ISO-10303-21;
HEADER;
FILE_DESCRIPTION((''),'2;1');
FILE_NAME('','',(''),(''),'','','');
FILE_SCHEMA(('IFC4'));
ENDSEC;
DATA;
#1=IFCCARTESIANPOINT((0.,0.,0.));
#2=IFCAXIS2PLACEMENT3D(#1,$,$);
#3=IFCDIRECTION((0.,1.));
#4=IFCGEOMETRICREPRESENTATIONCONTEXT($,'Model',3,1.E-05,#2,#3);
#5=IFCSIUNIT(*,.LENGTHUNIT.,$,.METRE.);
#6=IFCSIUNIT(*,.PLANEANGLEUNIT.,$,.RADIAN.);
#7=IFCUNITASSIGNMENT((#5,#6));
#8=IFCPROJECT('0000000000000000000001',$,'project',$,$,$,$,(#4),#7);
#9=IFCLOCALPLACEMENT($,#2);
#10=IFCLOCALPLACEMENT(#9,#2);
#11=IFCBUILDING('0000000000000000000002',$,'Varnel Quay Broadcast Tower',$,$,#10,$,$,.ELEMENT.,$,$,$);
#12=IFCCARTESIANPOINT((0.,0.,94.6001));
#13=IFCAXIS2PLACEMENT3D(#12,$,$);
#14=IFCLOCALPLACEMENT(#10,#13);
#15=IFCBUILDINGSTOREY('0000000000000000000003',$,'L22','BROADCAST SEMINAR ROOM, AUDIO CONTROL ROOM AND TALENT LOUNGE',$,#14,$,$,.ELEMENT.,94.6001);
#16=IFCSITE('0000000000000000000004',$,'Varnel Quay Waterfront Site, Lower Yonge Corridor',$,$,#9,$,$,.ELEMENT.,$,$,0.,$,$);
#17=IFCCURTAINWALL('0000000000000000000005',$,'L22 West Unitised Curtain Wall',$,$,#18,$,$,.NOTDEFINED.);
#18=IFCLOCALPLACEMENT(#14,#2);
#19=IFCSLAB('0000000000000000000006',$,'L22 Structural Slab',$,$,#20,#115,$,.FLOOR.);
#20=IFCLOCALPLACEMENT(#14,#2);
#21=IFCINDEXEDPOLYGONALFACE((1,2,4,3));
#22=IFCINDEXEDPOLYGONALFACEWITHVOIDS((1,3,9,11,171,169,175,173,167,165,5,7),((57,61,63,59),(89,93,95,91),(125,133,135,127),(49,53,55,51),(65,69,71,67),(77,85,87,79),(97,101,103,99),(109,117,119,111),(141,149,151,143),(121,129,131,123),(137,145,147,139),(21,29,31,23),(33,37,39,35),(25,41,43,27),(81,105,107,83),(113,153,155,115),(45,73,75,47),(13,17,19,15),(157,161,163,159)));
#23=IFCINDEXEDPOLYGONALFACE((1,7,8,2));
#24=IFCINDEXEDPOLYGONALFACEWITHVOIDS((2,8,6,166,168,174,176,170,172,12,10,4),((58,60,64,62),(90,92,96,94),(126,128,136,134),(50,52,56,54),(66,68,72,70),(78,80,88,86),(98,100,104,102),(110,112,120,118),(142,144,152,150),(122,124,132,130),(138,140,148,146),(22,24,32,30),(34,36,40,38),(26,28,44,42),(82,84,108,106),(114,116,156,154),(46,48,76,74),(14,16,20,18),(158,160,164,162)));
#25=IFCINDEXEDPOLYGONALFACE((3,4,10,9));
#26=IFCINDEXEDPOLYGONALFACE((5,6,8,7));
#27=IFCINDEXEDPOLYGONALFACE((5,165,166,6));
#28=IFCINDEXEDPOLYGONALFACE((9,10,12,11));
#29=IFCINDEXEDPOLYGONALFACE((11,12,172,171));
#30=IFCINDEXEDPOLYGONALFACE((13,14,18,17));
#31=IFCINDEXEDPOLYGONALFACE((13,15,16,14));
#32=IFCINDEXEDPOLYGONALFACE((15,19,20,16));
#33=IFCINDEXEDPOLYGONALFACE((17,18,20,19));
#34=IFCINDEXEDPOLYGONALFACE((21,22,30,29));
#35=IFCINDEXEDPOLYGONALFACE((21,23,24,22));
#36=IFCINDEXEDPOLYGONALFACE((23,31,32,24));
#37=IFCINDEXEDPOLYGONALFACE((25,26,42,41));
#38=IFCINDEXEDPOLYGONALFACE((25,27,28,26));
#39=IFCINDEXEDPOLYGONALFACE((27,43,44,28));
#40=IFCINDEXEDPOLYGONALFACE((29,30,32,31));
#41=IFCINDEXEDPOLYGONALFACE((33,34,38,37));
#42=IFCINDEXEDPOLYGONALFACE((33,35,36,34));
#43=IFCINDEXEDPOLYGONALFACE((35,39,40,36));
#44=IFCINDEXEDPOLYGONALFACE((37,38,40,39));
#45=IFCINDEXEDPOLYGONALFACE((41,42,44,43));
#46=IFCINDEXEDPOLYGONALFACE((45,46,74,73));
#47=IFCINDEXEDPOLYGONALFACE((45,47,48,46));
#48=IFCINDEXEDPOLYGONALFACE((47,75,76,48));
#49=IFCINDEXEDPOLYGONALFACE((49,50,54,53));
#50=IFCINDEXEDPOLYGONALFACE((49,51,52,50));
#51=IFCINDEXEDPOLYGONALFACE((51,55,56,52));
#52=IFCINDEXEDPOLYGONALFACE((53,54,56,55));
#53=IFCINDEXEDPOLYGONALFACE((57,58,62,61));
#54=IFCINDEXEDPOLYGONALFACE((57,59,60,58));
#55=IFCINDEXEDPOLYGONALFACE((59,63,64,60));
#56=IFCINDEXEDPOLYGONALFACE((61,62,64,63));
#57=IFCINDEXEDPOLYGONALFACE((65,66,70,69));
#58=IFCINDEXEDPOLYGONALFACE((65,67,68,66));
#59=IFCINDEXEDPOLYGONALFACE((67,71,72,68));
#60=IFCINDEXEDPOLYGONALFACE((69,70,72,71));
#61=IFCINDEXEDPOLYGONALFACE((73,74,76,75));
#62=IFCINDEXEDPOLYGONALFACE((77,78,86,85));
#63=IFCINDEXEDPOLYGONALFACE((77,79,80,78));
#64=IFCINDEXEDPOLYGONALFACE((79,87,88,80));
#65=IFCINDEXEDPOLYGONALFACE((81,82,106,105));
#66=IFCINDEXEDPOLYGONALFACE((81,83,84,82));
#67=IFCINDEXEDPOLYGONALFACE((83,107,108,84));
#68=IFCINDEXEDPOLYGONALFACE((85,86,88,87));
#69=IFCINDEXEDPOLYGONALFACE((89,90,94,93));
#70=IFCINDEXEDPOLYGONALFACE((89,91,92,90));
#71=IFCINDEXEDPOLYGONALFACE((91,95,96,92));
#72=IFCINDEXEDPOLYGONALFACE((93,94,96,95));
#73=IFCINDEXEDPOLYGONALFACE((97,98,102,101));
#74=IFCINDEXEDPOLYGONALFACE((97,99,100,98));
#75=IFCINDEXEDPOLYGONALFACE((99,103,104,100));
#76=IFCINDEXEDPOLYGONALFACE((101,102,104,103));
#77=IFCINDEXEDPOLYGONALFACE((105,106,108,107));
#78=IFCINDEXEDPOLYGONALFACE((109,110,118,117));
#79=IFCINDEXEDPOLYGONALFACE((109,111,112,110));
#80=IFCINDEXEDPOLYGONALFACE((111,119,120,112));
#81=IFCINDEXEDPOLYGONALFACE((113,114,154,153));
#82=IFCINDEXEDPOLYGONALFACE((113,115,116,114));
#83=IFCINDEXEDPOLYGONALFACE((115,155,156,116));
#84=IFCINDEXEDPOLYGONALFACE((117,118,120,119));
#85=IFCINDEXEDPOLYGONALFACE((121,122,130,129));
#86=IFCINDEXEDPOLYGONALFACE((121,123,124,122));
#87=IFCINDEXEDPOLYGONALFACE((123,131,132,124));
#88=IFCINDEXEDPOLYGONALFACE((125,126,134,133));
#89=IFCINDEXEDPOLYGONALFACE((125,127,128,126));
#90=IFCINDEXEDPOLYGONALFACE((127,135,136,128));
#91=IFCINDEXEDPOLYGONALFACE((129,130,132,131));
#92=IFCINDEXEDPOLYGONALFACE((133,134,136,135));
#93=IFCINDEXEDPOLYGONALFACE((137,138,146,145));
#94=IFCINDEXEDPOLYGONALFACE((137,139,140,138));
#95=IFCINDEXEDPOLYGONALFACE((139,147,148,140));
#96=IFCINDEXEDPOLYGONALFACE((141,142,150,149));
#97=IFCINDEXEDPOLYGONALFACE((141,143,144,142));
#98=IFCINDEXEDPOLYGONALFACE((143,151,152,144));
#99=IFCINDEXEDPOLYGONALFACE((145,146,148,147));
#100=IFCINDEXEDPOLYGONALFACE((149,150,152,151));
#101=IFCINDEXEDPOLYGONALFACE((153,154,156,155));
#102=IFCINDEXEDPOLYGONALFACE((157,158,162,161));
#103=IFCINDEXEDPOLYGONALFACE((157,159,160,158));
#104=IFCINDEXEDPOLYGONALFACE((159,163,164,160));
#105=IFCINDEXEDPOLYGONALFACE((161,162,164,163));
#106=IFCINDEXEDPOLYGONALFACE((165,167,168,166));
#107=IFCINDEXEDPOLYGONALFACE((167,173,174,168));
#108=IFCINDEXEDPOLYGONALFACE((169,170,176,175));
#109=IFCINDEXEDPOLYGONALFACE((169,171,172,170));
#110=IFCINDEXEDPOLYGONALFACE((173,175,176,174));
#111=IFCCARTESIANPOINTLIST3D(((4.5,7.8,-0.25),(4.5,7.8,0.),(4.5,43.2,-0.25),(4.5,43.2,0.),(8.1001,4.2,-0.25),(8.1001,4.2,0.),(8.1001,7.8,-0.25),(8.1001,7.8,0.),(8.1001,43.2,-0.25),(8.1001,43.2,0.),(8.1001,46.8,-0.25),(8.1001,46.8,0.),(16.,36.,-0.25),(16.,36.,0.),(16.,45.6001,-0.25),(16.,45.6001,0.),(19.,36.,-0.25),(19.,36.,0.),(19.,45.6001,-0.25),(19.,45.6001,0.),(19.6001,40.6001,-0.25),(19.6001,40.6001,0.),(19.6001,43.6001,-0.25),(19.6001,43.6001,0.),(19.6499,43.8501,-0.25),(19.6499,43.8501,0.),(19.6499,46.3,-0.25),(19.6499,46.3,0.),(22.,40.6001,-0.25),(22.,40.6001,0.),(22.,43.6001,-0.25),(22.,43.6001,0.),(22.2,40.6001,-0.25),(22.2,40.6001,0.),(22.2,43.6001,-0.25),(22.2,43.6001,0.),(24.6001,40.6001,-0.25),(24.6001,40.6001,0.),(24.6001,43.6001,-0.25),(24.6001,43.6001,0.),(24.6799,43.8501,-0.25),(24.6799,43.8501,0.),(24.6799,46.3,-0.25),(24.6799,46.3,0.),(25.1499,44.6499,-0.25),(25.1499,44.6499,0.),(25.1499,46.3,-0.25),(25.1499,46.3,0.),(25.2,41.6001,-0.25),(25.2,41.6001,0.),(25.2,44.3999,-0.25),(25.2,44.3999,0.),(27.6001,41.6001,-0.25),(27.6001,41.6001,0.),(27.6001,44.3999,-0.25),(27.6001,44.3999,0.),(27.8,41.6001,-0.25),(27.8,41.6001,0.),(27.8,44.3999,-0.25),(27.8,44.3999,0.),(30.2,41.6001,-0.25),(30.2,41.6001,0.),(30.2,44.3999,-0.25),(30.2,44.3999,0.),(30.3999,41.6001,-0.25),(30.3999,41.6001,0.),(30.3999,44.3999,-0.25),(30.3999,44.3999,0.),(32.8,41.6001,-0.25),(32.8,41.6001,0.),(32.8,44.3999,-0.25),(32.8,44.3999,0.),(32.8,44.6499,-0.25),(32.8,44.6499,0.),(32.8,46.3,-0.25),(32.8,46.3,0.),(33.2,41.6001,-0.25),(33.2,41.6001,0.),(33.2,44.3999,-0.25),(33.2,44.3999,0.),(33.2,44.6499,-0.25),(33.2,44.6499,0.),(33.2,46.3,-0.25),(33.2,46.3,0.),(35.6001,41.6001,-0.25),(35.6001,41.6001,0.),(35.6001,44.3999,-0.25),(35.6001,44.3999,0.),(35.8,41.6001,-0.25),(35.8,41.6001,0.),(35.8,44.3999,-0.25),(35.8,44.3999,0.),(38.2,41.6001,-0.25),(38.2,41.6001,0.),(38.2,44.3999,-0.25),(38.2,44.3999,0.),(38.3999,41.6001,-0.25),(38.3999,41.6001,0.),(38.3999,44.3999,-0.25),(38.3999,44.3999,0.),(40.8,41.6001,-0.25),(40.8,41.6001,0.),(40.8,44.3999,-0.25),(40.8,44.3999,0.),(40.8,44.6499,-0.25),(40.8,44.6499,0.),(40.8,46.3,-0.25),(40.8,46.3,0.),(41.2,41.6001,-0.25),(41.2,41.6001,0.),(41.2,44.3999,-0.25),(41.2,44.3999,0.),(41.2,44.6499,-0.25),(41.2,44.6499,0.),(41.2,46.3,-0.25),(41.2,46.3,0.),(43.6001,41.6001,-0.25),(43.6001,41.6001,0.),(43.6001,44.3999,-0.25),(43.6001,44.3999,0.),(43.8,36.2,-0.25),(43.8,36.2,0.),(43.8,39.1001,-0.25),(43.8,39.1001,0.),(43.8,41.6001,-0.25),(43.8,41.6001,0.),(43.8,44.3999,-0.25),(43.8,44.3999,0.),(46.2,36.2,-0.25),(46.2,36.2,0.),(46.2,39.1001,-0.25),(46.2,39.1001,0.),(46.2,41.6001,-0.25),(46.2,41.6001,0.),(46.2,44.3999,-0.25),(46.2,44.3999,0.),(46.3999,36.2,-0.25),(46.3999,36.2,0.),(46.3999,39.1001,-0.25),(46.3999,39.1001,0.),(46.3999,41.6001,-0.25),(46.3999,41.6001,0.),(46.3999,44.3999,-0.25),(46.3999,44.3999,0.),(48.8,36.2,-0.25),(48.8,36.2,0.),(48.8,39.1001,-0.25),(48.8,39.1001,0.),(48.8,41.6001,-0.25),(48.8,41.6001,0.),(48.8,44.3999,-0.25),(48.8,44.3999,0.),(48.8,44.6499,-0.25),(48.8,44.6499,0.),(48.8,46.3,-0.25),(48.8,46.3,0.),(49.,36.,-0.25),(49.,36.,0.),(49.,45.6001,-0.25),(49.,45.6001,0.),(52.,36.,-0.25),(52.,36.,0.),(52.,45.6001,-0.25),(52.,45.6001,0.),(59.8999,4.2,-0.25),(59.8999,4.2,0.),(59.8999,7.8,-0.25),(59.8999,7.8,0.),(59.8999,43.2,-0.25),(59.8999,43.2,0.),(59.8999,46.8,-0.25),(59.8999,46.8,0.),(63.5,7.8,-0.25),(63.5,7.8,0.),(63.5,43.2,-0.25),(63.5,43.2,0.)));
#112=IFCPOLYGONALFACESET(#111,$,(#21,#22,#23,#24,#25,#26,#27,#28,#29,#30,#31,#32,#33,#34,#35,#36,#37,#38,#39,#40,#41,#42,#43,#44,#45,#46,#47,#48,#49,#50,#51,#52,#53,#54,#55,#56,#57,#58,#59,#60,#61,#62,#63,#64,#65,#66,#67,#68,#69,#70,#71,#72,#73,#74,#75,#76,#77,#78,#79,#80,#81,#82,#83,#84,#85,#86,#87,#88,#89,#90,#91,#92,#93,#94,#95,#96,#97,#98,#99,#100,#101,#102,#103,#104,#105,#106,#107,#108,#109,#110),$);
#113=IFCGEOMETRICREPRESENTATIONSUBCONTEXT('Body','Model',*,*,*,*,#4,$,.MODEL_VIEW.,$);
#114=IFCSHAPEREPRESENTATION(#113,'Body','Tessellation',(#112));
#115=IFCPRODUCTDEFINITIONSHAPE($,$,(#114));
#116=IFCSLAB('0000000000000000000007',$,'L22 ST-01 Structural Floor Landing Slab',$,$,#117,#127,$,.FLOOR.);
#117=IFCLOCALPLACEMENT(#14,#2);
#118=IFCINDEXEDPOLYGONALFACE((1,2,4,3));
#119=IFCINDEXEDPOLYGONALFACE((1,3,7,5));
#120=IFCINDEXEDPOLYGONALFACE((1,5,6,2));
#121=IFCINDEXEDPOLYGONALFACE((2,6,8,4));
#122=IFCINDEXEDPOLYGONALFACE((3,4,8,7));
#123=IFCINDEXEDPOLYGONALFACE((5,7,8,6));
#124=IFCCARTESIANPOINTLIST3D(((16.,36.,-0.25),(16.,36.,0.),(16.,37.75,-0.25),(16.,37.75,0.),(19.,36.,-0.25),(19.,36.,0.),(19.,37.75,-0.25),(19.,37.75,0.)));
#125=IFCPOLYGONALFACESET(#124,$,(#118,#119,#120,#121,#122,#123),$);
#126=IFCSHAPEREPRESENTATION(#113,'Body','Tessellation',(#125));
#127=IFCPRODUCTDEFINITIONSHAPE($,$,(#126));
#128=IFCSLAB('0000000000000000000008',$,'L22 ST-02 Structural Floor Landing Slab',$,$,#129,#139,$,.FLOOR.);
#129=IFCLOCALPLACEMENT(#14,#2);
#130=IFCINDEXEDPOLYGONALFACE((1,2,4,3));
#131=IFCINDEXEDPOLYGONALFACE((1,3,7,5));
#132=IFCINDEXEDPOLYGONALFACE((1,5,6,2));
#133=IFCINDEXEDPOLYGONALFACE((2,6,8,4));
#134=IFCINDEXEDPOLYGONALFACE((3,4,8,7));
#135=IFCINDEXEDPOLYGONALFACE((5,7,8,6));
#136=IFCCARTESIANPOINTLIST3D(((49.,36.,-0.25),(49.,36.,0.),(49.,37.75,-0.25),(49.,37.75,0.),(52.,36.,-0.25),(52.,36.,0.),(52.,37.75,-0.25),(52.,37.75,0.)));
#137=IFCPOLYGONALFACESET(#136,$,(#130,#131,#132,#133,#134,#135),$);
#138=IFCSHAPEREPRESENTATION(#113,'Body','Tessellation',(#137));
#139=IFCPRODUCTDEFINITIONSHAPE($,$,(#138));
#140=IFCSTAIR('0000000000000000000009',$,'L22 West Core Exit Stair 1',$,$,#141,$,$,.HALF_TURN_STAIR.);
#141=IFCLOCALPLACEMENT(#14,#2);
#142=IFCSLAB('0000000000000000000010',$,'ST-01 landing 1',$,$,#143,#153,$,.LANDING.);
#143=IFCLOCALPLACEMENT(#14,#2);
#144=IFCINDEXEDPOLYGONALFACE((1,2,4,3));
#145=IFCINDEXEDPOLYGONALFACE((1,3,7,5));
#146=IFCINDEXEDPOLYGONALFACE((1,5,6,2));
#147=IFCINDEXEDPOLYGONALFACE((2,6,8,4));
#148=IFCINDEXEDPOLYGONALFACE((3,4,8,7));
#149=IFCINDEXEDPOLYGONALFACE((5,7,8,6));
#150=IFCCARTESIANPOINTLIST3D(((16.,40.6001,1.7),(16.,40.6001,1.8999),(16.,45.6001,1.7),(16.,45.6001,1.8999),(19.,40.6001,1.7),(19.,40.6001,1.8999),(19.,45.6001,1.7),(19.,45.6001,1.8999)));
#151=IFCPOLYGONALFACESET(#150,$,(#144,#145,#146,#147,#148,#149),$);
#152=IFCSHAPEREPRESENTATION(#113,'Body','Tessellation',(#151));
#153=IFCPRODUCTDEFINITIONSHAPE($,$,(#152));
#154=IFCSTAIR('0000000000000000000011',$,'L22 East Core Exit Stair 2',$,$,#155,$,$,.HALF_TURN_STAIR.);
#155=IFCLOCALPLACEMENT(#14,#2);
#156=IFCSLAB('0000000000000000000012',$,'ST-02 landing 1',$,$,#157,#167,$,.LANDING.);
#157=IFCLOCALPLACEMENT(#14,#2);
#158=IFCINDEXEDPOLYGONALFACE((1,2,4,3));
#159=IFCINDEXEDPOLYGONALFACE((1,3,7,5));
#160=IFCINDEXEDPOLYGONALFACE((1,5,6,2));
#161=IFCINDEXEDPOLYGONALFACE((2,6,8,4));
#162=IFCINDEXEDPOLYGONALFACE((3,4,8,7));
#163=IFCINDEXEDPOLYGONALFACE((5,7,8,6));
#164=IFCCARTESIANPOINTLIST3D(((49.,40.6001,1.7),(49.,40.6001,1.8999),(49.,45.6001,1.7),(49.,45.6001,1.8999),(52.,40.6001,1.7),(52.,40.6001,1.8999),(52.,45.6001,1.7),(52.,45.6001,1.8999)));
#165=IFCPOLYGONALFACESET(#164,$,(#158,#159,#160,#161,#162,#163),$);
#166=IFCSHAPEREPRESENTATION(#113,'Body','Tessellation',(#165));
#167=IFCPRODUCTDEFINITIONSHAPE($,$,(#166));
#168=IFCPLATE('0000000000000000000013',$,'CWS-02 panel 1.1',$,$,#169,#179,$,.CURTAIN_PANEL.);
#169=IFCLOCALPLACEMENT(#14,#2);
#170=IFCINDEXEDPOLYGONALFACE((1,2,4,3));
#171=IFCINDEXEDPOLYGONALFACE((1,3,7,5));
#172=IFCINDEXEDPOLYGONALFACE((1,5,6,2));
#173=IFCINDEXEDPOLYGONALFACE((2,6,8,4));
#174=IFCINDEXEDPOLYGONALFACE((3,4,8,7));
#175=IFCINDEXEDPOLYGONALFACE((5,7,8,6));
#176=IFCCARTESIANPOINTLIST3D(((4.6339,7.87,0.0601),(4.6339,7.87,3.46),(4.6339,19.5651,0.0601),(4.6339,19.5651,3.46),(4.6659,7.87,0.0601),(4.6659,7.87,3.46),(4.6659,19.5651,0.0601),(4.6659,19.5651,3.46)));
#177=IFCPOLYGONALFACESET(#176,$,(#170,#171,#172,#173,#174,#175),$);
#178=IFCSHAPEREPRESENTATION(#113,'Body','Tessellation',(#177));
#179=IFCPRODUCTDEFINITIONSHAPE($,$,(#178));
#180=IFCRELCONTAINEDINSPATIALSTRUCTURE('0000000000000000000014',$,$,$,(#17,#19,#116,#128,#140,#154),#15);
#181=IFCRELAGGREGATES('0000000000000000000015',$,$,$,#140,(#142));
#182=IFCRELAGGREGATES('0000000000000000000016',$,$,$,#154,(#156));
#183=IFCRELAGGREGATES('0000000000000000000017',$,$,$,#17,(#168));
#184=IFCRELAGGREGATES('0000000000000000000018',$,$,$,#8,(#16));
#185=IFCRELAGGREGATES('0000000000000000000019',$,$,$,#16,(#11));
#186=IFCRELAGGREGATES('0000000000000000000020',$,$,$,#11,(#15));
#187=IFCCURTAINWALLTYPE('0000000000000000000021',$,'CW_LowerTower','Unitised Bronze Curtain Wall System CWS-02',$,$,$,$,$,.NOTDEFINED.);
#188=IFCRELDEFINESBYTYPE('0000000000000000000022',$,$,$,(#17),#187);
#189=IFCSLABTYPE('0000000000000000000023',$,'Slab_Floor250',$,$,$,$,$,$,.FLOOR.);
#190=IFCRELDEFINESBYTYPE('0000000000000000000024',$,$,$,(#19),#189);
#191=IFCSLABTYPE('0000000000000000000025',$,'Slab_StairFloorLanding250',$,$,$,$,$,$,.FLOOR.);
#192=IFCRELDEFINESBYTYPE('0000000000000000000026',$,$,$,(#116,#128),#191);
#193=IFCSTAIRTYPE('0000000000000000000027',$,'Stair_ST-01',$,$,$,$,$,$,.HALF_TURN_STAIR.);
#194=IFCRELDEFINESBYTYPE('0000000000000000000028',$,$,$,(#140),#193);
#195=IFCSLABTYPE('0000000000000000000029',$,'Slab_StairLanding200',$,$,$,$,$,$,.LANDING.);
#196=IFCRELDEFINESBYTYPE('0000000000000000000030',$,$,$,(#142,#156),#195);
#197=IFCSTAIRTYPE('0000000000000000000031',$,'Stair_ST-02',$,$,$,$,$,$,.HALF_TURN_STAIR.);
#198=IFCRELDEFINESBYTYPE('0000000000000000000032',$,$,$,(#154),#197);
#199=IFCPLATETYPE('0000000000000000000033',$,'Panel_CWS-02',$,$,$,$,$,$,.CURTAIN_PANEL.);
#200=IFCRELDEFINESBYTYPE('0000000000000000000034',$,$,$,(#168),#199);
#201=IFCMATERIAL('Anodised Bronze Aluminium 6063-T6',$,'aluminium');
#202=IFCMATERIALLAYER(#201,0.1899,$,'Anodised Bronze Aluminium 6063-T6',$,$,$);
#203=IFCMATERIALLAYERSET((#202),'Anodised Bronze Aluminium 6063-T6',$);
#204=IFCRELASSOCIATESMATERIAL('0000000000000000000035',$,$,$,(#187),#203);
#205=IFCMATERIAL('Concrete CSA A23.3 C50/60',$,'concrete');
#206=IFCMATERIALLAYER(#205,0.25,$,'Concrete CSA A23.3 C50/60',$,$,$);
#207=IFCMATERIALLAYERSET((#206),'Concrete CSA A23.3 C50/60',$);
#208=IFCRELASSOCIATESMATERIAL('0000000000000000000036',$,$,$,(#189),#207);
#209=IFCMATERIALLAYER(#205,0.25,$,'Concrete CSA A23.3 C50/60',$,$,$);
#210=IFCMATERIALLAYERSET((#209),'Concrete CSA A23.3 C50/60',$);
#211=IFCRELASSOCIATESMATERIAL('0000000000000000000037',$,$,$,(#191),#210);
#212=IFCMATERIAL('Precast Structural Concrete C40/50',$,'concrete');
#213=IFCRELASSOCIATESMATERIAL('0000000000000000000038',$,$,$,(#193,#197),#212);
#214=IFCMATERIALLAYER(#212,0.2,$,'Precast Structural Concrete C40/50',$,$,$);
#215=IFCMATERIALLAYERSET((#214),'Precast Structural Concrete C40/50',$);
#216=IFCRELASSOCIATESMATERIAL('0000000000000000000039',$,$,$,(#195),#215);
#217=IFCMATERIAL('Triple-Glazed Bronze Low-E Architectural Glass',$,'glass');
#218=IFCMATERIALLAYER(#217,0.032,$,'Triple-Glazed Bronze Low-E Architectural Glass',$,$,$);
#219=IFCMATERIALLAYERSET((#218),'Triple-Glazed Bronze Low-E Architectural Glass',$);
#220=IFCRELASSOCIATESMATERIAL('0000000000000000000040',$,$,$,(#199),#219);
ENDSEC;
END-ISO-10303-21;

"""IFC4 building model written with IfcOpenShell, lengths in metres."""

from ifc_helpers import new_model, si_unit, direction, frame, origin, origin_2d, place, context, subcontext, project, spatial, polyline, rectangle, outline, extrude, source, transform, mapped, material, layer, layer_set, type_object, type_shapes, element, aggregate, save


model = new_model("IFC4")

# Units and contexts
model_context = context("Model", 3, precision=1e-05, world=origin(), true_north=direction((0.0, 1.0)))
body_context = subcontext(model_context, "Body", "Model", "MODEL_VIEW")
ifc_project = project(units=[si_unit("LENGTHUNIT", "METRE"), si_unit("PLANEANGLEUNIT", "RADIAN")], contexts=[model_context])

# Site, building, storey
site_placement = place(None, origin())
site = spatial("IfcSite", under=ifc_project, at=site_placement, Name="Varnel Quay Waterfront Site, Lower Yonge Corridor", CompositionType="ELEMENT", RefElevation=0.0)
building_placement = place(site_placement, origin())
building = spatial("IfcBuilding", under=site, at=building_placement, Name="Varnel Quay Broadcast Tower", CompositionType="ELEMENT")
storey_placement = place(building_placement, frame((0.0, 0.0, 94.6001)))
storey = spatial("IfcBuildingStorey", under=building, at=storey_placement, Name="L22", Description="BROADCAST SEMINAR ROOM, AUDIO CONTROL ROOM AND TALENT LOUNGE", CompositionType="ELEMENT", Elevation=94.6001)

# Curtain wall
ifc_material_1 = material(Name="Anodised Bronze Aluminium 6063-T6", Category="aluminium")
ifc_layer_1 = layer(ifc_material_1, 0.1899, Name="Anodised Bronze Aluminium 6063-T6")
ifc_layer_set_1 = layer_set([ifc_layer_1], Name="Anodised Bronze Aluminium 6063-T6")
curtain_wall_type_1 = type_object("IfcCurtainWallType", Name="CW_LowerTower", Description="Unitised Bronze Curtain Wall System CWS-02", PredefinedType="NOTDEFINED", material=ifc_layer_set_1)
curtain_wall_1_placement = place(storey_placement, origin())
curtain_wall_1 = element("IfcCurtainWall", 1, at=curtain_wall_1_placement, inside=storey, type_object=curtain_wall_type_1, Name="L22 West Unitised Curtain Wall", PredefinedType="NOTDEFINED")

# Slabs
ifc_material_2 = material(Name="Concrete CSA A23.3 C50/60", Category="concrete")
ifc_layer_2 = layer(ifc_material_2, 0.25, Name="Concrete CSA A23.3 C50/60")
ifc_layer_set_2 = layer_set([ifc_layer_2], Name="Concrete CSA A23.3 C50/60")
slab_type_1 = type_object("IfcSlabType", Name="Slab_Floor250", PredefinedType="FLOOR", material=ifc_layer_set_2)
slab_1_placement = place(storey_placement, frame((0.0, 0.0, -0.25)))
element("IfcSlab", 2, at=slab_1_placement, inside=storey, type_object=slab_type_1, Name="L22 Structural Slab", PredefinedType="FLOOR", context=body_context, shape_type="SweptSolid", body=[
    extrude(outline(polyline([(8.1001, 4.2), (59.8999, 4.2), (59.8999, 7.8), (63.5, 7.8), (63.5, 43.2), (59.8999, 43.2), (59.8999, 46.8), (8.1001, 46.8), (8.1001, 43.2), (4.5, 43.2), (4.5, 7.8), (8.1001, 7.8), (8.1001, 4.2)]), holes=[polyline([(16.0, 36.0), (16.0, 45.6001), (19.0, 45.6001), (19.0, 36.0), (16.0, 36.0)]), polyline([(19.6001, 43.6001), (22.0, 43.6001), (22.0, 40.6001), (19.6001, 40.6001), (19.6001, 43.6001)]), polyline([(22.2, 43.6001), (24.6001, 43.6001), (24.6001, 40.6001), (22.2, 40.6001), (22.2, 43.6001)]), polyline([(25.2, 44.3999), (27.6001, 44.3999), (27.6001, 41.6001), (25.2, 41.6001), (25.2, 44.3999)]), polyline([(27.8, 44.3999), (30.2, 44.3999), (30.2, 41.6001), (27.8, 41.6001), (27.8, 44.3999)]), polyline([(30.3999, 44.3999), (32.8, 44.3999), (32.8, 41.6001), (30.3999, 41.6001), (30.3999, 44.3999)]), polyline([(33.2, 44.3999), (35.6001, 44.3999), (35.6001, 41.6001), (33.2, 41.6001), (33.2, 44.3999)]), polyline([(38.2, 44.3999), (38.2, 41.6001), (35.8, 41.6001), (35.8, 44.3999), (38.2, 44.3999)]), polyline([(24.6799, 46.3), (24.6799, 43.8501), (19.6499, 43.8501), (19.6499, 46.3), (24.6799, 46.3)]), polyline([(25.1499, 46.3), (32.8, 46.3), (32.8, 44.6499), (25.1499, 44.6499), (25.1499, 46.3)]), polyline([(43.8, 39.1001), (46.2, 39.1001), (46.2, 36.2), (43.8, 36.2), (43.8, 39.1001)]), polyline([(46.3999, 39.1001), (48.8, 39.1001), (48.8, 36.2), (46.3999, 36.2), (46.3999, 39.1001)]), polyline([(49.0, 45.6001), (52.0, 45.6001), (52.0, 36.0), (49.0, 36.0), (49.0, 45.6001)]), polyline([(40.8, 44.3999), (40.8, 41.6001), (38.3999, 41.6001), (38.3999, 44.3999), (40.8, 44.3999)]), polyline([(41.2, 44.3999), (43.6001, 44.3999), (43.6001, 41.6001), (41.2, 41.6001), (41.2, 44.3999)]), polyline([(43.8, 44.3999), (46.2, 44.3999), (46.2, 41.6001), (43.8, 41.6001), (43.8, 44.3999)]), polyline([(46.3999, 44.3999), (48.8, 44.3999), (48.8, 41.6001), (46.3999, 41.6001), (46.3999, 44.3999)]), polyline([(40.8, 46.3), (40.8, 44.6499), (33.2, 44.6499), (33.2, 46.3), (40.8, 46.3)]), polyline([(48.8, 46.3), (48.8, 44.6499), (41.2, 44.6499), (41.2, 46.3), (48.8, 46.3)])]), origin(), (0.0, 0.0, 1.0), 0.25),
])
ifc_layer_3 = layer(ifc_material_2, 0.25, Name="Concrete CSA A23.3 C50/60")
ifc_layer_set_3 = layer_set([ifc_layer_3], Name="Concrete CSA A23.3 C50/60")
slab_type_2 = type_object("IfcSlabType", Name="Slab_StairFloorLanding250", PredefinedType="FLOOR", material=ifc_layer_set_3)
slab_2_placement = place(storey_placement, frame((0.0, 0.0, -0.25)))
element("IfcSlab", 3, at=slab_2_placement, inside=storey, type_object=slab_type_2, Name="L22 ST-01 Structural Floor Landing Slab", PredefinedType="FLOOR", context=body_context, shape_type="SweptSolid", body=[
    extrude(outline(polyline([(19.0, 36.0), (19.0, 37.75), (16.0, 37.75), (16.0, 36.0), (19.0, 36.0)])), origin(), (0.0, 0.0, 1.0), 0.25),
])
slab_3_placement = place(storey_placement, frame((0.0, 0.0, -0.25)))
element("IfcSlab", 4, at=slab_3_placement, inside=storey, type_object=slab_type_2, Name="L22 ST-02 Structural Floor Landing Slab", PredefinedType="FLOOR", context=body_context, shape_type="SweptSolid", body=[
    extrude(outline(polyline([(52.0, 36.0), (52.0, 37.75), (49.0, 37.75), (49.0, 36.0), (52.0, 36.0)])), origin(), (0.0, 0.0, 1.0), 0.25),
])

# Stairs, slabs
ifc_material_3 = material(Name="Precast Structural Concrete C40/50", Category="concrete")
stair_type_1 = type_object("IfcStairType", Name="Stair_ST-01", PredefinedType="HALF_TURN_STAIR", material=ifc_material_3)
stair_1_placement = place(storey_placement, origin())
stair_1 = element("IfcStair", 5, at=stair_1_placement, inside=storey, type_object=stair_type_1, Name="L22 West Core Exit Stair 1", PredefinedType="HALF_TURN_STAIR")
ifc_layer_4 = layer(ifc_material_3, 0.2, Name="Precast Structural Concrete C40/50")
ifc_layer_set_4 = layer_set([ifc_layer_4], Name="Precast Structural Concrete C40/50")
slab_type_3 = type_object("IfcSlabType", Name="Slab_StairLanding200", PredefinedType="LANDING", material=ifc_layer_set_4)
slab_4_placement = place(storey_placement, frame((0.0, 0.0, 1.7)))
slab_4 = element("IfcSlab", 6, at=slab_4_placement, type_object=slab_type_3, Name="ST-01 landing 1", PredefinedType="LANDING", context=body_context, shape_type="SweptSolid", body=[
    extrude(outline(polyline([(19.0, 40.6001), (19.0, 45.6001), (16.0, 45.6001), (16.0, 40.6001), (19.0, 40.6001)])), origin(), (0.0, 0.0, 1.0), 0.2),
])
aggregate(stair_1, [slab_4])
stair_type_2 = type_object("IfcStairType", Name="Stair_ST-02", PredefinedType="HALF_TURN_STAIR", material=ifc_material_3)
stair_2_placement = place(storey_placement, origin())
stair_2 = element("IfcStair", 7, at=stair_2_placement, inside=storey, type_object=stair_type_2, Name="L22 East Core Exit Stair 2", PredefinedType="HALF_TURN_STAIR")
slab_5_placement = place(storey_placement, frame((0.0, 0.0, 1.7)))
slab_5 = element("IfcSlab", 8, at=slab_5_placement, type_object=slab_type_3, Name="ST-02 landing 1", PredefinedType="LANDING", context=body_context, shape_type="SweptSolid", body=[
    extrude(outline(polyline([(52.0, 40.6001), (52.0, 45.6001), (49.0, 45.6001), (49.0, 40.6001), (52.0, 40.6001)])), origin(), (0.0, 0.0, 1.0), 0.2),
])
aggregate(stair_2, [slab_5])

# Plate
ifc_material_4 = material(Name="Triple-Glazed Bronze Low-E Architectural Glass", Category="glass")
ifc_layer_5 = layer(ifc_material_4, 0.032, Name="Triple-Glazed Bronze Low-E Architectural Glass")
ifc_layer_set_5 = layer_set([ifc_layer_5], Name="Triple-Glazed Bronze Low-E Architectural Glass")
plate_type_1 = type_object("IfcPlateType", Name="Panel_CWS-02", PredefinedType="CURTAIN_PANEL", material=ifc_layer_set_5)
shared_shape_1 = source(origin(), body_context, "Body", "SweptSolid", [
    extrude(rectangle(XDim=11.6951, YDim=0.032, at=origin_2d()), origin(), (0.0, 0.0, 1.0), 3.3999),
])
type_shapes(plate_type_1, [shared_shape_1])
plate_1_placement = place(storey_placement, frame((4.6499, 13.7175, 0.0601), z_axis=(0.0, 0.0, 1.0), x_axis=(0.0, 1.0, 0.0)))
plate_1 = element("IfcPlate", 9, at=plate_1_placement, type_object=plate_type_1, Name="CWS-02 panel 1.1", PredefinedType="CURTAIN_PANEL", context=body_context, shape_type="MappedRepresentation", body=[
    mapped(shared_shape_1, transform((0.0, 0.0, 0.0), x_axis=(1.0, 0.0, 0.0), y_axis=(0.0, 1.0, 0.0), z_axis=(0.0, 0.0, 1.0), scale=1.0)),
])
aggregate(curtain_wall_1, [plate_1])

save(model, "model.ifc")
